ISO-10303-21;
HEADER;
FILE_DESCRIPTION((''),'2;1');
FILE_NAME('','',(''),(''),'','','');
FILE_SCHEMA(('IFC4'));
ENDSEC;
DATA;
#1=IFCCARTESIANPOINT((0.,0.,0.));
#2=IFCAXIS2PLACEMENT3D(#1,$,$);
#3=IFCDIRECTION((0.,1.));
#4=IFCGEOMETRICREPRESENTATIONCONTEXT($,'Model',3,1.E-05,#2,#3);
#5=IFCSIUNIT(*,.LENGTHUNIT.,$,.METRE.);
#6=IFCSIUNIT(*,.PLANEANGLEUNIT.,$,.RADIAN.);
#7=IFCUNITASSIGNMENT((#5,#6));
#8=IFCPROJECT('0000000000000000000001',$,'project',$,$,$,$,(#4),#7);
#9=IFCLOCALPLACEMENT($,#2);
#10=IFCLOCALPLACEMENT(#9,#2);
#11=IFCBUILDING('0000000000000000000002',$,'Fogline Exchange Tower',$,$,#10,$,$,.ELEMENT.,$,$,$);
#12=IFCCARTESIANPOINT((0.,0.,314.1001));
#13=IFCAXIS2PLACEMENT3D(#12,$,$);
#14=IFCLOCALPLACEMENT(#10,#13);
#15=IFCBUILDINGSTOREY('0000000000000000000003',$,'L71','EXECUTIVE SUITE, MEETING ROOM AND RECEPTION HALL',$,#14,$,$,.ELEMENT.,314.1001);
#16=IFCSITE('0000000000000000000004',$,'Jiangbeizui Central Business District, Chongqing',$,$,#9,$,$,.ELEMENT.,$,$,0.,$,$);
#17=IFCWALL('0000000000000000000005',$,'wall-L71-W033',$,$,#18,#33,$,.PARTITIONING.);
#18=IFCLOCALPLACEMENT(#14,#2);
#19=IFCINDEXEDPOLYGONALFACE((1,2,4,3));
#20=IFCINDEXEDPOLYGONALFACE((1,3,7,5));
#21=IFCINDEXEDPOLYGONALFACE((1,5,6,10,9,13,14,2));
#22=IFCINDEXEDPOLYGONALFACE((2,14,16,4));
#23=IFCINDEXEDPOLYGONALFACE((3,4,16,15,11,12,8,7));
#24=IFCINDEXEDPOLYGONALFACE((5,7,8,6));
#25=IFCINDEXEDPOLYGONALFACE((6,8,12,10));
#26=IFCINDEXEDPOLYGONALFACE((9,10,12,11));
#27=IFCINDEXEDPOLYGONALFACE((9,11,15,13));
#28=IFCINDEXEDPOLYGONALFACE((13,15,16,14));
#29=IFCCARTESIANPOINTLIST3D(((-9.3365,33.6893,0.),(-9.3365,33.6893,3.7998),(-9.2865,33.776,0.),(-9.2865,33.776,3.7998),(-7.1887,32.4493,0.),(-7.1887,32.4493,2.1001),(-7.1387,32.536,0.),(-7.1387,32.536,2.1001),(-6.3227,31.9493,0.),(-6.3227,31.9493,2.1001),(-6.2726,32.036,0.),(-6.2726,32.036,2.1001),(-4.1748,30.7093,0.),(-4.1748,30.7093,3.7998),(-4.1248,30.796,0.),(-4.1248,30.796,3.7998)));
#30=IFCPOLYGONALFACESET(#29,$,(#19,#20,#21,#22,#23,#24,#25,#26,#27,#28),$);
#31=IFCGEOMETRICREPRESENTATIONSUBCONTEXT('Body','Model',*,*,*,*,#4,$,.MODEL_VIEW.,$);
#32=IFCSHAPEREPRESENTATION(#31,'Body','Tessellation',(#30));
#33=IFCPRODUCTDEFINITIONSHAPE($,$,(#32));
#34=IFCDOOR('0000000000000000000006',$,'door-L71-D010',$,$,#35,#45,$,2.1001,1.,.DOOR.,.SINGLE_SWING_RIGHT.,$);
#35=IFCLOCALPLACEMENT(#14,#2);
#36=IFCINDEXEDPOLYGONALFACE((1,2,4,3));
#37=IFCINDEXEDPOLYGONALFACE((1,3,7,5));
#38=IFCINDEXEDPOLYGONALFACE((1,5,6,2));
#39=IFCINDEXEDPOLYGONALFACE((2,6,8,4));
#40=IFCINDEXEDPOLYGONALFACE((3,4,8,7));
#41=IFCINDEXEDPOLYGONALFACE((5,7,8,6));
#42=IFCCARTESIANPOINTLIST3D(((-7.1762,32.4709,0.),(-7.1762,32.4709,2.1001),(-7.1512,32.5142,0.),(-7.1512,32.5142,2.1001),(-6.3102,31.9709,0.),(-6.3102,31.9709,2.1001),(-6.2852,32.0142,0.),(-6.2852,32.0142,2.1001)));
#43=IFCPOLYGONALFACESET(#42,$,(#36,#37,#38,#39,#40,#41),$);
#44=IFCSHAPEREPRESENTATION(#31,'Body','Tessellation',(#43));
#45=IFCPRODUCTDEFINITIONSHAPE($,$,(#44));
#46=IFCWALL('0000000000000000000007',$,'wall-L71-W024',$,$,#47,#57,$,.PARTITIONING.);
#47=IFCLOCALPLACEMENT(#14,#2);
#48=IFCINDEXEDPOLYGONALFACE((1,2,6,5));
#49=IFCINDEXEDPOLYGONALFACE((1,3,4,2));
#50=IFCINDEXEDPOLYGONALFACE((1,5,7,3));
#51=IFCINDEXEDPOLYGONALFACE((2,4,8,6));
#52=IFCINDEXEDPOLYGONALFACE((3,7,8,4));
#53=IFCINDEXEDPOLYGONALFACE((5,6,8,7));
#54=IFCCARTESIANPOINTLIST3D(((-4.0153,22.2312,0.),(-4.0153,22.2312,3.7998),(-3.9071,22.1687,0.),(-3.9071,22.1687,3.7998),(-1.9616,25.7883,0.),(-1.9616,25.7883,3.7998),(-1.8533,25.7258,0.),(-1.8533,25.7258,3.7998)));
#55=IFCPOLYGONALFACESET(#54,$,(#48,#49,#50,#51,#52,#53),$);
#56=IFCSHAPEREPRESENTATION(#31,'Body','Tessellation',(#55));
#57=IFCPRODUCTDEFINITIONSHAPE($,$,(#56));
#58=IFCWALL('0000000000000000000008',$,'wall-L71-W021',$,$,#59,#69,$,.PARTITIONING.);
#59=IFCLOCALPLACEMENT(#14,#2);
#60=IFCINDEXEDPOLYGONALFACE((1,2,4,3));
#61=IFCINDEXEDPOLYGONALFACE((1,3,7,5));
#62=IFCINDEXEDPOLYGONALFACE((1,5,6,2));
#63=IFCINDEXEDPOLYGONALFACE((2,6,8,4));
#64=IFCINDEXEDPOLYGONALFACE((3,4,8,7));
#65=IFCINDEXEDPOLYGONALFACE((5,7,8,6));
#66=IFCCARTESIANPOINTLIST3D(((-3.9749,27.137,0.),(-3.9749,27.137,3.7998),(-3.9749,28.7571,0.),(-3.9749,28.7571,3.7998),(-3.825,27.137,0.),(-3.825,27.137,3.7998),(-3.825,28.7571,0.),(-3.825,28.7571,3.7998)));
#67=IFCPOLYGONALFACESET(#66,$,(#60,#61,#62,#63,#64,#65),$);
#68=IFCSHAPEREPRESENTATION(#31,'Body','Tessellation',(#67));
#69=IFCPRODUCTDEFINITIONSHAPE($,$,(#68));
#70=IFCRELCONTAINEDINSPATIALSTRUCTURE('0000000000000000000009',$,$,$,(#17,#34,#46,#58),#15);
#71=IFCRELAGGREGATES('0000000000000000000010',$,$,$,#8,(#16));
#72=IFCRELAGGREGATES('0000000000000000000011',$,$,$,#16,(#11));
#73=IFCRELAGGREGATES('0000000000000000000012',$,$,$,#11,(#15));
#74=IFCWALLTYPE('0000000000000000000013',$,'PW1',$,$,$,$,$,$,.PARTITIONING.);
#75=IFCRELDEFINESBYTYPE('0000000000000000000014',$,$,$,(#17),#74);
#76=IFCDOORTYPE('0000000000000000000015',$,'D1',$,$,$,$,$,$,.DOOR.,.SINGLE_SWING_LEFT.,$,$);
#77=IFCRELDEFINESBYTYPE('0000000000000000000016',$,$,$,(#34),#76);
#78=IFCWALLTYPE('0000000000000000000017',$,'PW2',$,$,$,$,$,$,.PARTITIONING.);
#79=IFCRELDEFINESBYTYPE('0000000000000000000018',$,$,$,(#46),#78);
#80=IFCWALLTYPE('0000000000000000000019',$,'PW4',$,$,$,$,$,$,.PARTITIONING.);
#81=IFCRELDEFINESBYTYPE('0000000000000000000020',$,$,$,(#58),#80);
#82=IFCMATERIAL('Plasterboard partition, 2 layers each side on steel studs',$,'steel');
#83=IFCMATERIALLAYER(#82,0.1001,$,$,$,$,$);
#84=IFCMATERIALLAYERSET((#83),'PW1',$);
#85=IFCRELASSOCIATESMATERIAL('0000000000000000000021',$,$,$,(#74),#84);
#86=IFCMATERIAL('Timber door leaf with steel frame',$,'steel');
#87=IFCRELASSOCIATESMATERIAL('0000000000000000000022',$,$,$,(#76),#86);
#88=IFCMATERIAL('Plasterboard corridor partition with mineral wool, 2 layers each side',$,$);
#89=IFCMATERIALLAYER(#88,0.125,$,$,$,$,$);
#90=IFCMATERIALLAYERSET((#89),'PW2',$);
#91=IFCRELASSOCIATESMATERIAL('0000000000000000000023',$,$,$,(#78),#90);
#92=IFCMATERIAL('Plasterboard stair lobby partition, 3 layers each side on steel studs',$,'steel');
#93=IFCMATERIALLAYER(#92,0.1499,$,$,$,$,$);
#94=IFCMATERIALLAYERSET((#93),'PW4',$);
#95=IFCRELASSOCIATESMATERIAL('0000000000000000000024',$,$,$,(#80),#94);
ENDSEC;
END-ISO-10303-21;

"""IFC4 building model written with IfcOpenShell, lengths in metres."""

from ifc_helpers import new_model, si_unit, direction, frame, frame_2d, origin, place, context, subcontext, project, spatial, rectangle, extrude, material, layer, layer_set, type_object, element, fill, save


model = new_model("IFC4")

# Units and contexts
model_context = context("Model", 3, precision=1e-05, world=origin(), true_north=direction((0.0, 1.0)))
body_context = subcontext(model_context, "Body", "Model", "MODEL_VIEW")
ifc_project = project(units=[si_unit("LENGTHUNIT", "METRE"), si_unit("PLANEANGLEUNIT", "RADIAN")], contexts=[model_context])

# Site, building, storey
site_placement = place(None, origin())
site = spatial("IfcSite", under=ifc_project, at=site_placement, Name="Jiangbeizui Central Business District, Chongqing", CompositionType="ELEMENT", RefElevation=0.0)
building_placement = place(site_placement, origin())
building = spatial("IfcBuilding", under=site, at=building_placement, Name="Fogline Exchange Tower", CompositionType="ELEMENT")
storey_placement = place(building_placement, frame((0.0, 0.0, 314.1001)))
storey = spatial("IfcBuildingStorey", under=building, at=storey_placement, Name="L71", Description="EXECUTIVE SUITE, MEETING ROOM AND RECEPTION HALL", CompositionType="ELEMENT", Elevation=314.1001)

# Wall, opening, door
ifc_material_1 = material(Name="Plasterboard partition, 2 layers each side on steel studs", Category="steel")
ifc_layer_1 = layer(ifc_material_1, 0.1001)
ifc_layer_set_1 = layer_set([ifc_layer_1], Name="PW1")
wall_type_1 = type_object("IfcWallType", Name="PW1", PredefinedType="PARTITIONING", material=ifc_layer_set_1)
wall_1_placement = place(storey_placement, frame((-4.1499, 30.7527, 0.0), z_axis=(0.0, 0.0, 1.0), x_axis=(-0.866031, 0.49999, 0.0)))
wall_1 = element("IfcWall", 1, at=wall_1_placement, inside=storey, type_object=wall_type_1, Name="wall-L71-W033", PredefinedType="PARTITIONING", context=body_context, shape_type="SweptSolid", body=[
    extrude(rectangle(XDim=5.9602, YDim=0.1001, at=frame_2d((2.98, 0.0))), origin(), (0.0, 0.0, 1.0), 3.7998),
])
opening_1_placement = place(wall_1_placement, frame((2.48, 0.0, 0.0)))
opening_1 = element("IfcOpeningElement", 2, at=opening_1_placement, cuts=wall_1, PredefinedType="OPENING", context=body_context, shape_type="SweptSolid", body=[
    extrude(rectangle(XDim=1.0, YDim=2.1001, at=frame_2d((0.5, 1.05))), frame((0.0, 0.0601, 0.0), z_axis=(0.0, -1.0, 0.0), x_axis=(1.0, 0.0, 0.0)), (0.0, 0.0, 1.0), 0.1201),
])
ifc_material_2 = material(Name="Timber door leaf with steel frame", Category="steel")
door_type_1 = type_object("IfcDoorType", Name="D1", OperationType="SINGLE_SWING_LEFT", PredefinedType="DOOR", material=ifc_material_2)
door_1_placement = place(opening_1_placement, frame((1.0, 0.0, 0.0), z_axis=(0.0, 0.0, 1.0), x_axis=(-1.0, 0.0, 0.0)))
door_1 = element("IfcDoor", 3, at=door_1_placement, inside=storey, type_object=door_type_1, Name="door-L71-D010", OperationType="SINGLE_SWING_RIGHT", OverallHeight=2.1001, OverallWidth=1.0, PredefinedType="DOOR", context=body_context, shape_type="SweptSolid", body=[
    extrude(rectangle(XDim=1.0, YDim=2.1001, at=frame_2d((0.5, 1.05))), frame((0.0, 0.0249, 0.0), z_axis=(0.0, -1.0, 0.0), x_axis=(1.0, 0.0, 0.0)), (0.0, 0.0, 1.0), 0.05),
])
fill(opening_1, door_1)

# Walls
ifc_material_3 = material(Name="Plasterboard corridor partition with mineral wool, 2 layers each side")
ifc_layer_2 = layer(ifc_material_3, 0.125)
ifc_layer_set_2 = layer_set([ifc_layer_2], Name="PW2")
wall_type_2 = type_object("IfcWallType", Name="PW2", PredefinedType="PARTITIONING", material=ifc_layer_set_2)
wall_2_placement = place(storey_placement, frame((-1.9075, 25.7571, 0.0), z_axis=(0.0, 0.0, 1.0), x_axis=(-0.5, -0.866025, 0.0)))
element("IfcWall", 4, at=wall_2_placement, inside=storey, type_object=wall_type_2, Name="wall-L71-W024", PredefinedType="PARTITIONING", context=body_context, shape_type="SweptSolid", body=[
    extrude(rectangle(XDim=4.1074, YDim=0.125, at=frame_2d((2.0537, 0.0))), origin(), (0.0, 0.0, 1.0), 3.7998),
])
ifc_material_4 = material(Name="Plasterboard stair lobby partition, 3 layers each side on steel studs", Category="steel")
ifc_layer_3 = layer(ifc_material_4, 0.1499)
ifc_layer_set_3 = layer_set([ifc_layer_3], Name="PW4")
wall_type_3 = type_object("IfcWallType", Name="PW4", PredefinedType="PARTITIONING", material=ifc_layer_set_3)
wall_3_placement = place(storey_placement, frame((-3.8999, 27.137, 0.0), z_axis=(0.0, 0.0, 1.0), x_axis=(0.0, 1.0, 0.0)))
element("IfcWall", 5, at=wall_3_placement, inside=storey, type_object=wall_type_3, Name="wall-L71-W021", PredefinedType="PARTITIONING", context=body_context, shape_type="SweptSolid", body=[
    extrude(rectangle(XDim=1.6201, YDim=0.1499, at=frame_2d((0.8101, 0.0))), origin(), (0.0, 0.0, 1.0), 3.7998),
])

save(model, "model.ifc")
